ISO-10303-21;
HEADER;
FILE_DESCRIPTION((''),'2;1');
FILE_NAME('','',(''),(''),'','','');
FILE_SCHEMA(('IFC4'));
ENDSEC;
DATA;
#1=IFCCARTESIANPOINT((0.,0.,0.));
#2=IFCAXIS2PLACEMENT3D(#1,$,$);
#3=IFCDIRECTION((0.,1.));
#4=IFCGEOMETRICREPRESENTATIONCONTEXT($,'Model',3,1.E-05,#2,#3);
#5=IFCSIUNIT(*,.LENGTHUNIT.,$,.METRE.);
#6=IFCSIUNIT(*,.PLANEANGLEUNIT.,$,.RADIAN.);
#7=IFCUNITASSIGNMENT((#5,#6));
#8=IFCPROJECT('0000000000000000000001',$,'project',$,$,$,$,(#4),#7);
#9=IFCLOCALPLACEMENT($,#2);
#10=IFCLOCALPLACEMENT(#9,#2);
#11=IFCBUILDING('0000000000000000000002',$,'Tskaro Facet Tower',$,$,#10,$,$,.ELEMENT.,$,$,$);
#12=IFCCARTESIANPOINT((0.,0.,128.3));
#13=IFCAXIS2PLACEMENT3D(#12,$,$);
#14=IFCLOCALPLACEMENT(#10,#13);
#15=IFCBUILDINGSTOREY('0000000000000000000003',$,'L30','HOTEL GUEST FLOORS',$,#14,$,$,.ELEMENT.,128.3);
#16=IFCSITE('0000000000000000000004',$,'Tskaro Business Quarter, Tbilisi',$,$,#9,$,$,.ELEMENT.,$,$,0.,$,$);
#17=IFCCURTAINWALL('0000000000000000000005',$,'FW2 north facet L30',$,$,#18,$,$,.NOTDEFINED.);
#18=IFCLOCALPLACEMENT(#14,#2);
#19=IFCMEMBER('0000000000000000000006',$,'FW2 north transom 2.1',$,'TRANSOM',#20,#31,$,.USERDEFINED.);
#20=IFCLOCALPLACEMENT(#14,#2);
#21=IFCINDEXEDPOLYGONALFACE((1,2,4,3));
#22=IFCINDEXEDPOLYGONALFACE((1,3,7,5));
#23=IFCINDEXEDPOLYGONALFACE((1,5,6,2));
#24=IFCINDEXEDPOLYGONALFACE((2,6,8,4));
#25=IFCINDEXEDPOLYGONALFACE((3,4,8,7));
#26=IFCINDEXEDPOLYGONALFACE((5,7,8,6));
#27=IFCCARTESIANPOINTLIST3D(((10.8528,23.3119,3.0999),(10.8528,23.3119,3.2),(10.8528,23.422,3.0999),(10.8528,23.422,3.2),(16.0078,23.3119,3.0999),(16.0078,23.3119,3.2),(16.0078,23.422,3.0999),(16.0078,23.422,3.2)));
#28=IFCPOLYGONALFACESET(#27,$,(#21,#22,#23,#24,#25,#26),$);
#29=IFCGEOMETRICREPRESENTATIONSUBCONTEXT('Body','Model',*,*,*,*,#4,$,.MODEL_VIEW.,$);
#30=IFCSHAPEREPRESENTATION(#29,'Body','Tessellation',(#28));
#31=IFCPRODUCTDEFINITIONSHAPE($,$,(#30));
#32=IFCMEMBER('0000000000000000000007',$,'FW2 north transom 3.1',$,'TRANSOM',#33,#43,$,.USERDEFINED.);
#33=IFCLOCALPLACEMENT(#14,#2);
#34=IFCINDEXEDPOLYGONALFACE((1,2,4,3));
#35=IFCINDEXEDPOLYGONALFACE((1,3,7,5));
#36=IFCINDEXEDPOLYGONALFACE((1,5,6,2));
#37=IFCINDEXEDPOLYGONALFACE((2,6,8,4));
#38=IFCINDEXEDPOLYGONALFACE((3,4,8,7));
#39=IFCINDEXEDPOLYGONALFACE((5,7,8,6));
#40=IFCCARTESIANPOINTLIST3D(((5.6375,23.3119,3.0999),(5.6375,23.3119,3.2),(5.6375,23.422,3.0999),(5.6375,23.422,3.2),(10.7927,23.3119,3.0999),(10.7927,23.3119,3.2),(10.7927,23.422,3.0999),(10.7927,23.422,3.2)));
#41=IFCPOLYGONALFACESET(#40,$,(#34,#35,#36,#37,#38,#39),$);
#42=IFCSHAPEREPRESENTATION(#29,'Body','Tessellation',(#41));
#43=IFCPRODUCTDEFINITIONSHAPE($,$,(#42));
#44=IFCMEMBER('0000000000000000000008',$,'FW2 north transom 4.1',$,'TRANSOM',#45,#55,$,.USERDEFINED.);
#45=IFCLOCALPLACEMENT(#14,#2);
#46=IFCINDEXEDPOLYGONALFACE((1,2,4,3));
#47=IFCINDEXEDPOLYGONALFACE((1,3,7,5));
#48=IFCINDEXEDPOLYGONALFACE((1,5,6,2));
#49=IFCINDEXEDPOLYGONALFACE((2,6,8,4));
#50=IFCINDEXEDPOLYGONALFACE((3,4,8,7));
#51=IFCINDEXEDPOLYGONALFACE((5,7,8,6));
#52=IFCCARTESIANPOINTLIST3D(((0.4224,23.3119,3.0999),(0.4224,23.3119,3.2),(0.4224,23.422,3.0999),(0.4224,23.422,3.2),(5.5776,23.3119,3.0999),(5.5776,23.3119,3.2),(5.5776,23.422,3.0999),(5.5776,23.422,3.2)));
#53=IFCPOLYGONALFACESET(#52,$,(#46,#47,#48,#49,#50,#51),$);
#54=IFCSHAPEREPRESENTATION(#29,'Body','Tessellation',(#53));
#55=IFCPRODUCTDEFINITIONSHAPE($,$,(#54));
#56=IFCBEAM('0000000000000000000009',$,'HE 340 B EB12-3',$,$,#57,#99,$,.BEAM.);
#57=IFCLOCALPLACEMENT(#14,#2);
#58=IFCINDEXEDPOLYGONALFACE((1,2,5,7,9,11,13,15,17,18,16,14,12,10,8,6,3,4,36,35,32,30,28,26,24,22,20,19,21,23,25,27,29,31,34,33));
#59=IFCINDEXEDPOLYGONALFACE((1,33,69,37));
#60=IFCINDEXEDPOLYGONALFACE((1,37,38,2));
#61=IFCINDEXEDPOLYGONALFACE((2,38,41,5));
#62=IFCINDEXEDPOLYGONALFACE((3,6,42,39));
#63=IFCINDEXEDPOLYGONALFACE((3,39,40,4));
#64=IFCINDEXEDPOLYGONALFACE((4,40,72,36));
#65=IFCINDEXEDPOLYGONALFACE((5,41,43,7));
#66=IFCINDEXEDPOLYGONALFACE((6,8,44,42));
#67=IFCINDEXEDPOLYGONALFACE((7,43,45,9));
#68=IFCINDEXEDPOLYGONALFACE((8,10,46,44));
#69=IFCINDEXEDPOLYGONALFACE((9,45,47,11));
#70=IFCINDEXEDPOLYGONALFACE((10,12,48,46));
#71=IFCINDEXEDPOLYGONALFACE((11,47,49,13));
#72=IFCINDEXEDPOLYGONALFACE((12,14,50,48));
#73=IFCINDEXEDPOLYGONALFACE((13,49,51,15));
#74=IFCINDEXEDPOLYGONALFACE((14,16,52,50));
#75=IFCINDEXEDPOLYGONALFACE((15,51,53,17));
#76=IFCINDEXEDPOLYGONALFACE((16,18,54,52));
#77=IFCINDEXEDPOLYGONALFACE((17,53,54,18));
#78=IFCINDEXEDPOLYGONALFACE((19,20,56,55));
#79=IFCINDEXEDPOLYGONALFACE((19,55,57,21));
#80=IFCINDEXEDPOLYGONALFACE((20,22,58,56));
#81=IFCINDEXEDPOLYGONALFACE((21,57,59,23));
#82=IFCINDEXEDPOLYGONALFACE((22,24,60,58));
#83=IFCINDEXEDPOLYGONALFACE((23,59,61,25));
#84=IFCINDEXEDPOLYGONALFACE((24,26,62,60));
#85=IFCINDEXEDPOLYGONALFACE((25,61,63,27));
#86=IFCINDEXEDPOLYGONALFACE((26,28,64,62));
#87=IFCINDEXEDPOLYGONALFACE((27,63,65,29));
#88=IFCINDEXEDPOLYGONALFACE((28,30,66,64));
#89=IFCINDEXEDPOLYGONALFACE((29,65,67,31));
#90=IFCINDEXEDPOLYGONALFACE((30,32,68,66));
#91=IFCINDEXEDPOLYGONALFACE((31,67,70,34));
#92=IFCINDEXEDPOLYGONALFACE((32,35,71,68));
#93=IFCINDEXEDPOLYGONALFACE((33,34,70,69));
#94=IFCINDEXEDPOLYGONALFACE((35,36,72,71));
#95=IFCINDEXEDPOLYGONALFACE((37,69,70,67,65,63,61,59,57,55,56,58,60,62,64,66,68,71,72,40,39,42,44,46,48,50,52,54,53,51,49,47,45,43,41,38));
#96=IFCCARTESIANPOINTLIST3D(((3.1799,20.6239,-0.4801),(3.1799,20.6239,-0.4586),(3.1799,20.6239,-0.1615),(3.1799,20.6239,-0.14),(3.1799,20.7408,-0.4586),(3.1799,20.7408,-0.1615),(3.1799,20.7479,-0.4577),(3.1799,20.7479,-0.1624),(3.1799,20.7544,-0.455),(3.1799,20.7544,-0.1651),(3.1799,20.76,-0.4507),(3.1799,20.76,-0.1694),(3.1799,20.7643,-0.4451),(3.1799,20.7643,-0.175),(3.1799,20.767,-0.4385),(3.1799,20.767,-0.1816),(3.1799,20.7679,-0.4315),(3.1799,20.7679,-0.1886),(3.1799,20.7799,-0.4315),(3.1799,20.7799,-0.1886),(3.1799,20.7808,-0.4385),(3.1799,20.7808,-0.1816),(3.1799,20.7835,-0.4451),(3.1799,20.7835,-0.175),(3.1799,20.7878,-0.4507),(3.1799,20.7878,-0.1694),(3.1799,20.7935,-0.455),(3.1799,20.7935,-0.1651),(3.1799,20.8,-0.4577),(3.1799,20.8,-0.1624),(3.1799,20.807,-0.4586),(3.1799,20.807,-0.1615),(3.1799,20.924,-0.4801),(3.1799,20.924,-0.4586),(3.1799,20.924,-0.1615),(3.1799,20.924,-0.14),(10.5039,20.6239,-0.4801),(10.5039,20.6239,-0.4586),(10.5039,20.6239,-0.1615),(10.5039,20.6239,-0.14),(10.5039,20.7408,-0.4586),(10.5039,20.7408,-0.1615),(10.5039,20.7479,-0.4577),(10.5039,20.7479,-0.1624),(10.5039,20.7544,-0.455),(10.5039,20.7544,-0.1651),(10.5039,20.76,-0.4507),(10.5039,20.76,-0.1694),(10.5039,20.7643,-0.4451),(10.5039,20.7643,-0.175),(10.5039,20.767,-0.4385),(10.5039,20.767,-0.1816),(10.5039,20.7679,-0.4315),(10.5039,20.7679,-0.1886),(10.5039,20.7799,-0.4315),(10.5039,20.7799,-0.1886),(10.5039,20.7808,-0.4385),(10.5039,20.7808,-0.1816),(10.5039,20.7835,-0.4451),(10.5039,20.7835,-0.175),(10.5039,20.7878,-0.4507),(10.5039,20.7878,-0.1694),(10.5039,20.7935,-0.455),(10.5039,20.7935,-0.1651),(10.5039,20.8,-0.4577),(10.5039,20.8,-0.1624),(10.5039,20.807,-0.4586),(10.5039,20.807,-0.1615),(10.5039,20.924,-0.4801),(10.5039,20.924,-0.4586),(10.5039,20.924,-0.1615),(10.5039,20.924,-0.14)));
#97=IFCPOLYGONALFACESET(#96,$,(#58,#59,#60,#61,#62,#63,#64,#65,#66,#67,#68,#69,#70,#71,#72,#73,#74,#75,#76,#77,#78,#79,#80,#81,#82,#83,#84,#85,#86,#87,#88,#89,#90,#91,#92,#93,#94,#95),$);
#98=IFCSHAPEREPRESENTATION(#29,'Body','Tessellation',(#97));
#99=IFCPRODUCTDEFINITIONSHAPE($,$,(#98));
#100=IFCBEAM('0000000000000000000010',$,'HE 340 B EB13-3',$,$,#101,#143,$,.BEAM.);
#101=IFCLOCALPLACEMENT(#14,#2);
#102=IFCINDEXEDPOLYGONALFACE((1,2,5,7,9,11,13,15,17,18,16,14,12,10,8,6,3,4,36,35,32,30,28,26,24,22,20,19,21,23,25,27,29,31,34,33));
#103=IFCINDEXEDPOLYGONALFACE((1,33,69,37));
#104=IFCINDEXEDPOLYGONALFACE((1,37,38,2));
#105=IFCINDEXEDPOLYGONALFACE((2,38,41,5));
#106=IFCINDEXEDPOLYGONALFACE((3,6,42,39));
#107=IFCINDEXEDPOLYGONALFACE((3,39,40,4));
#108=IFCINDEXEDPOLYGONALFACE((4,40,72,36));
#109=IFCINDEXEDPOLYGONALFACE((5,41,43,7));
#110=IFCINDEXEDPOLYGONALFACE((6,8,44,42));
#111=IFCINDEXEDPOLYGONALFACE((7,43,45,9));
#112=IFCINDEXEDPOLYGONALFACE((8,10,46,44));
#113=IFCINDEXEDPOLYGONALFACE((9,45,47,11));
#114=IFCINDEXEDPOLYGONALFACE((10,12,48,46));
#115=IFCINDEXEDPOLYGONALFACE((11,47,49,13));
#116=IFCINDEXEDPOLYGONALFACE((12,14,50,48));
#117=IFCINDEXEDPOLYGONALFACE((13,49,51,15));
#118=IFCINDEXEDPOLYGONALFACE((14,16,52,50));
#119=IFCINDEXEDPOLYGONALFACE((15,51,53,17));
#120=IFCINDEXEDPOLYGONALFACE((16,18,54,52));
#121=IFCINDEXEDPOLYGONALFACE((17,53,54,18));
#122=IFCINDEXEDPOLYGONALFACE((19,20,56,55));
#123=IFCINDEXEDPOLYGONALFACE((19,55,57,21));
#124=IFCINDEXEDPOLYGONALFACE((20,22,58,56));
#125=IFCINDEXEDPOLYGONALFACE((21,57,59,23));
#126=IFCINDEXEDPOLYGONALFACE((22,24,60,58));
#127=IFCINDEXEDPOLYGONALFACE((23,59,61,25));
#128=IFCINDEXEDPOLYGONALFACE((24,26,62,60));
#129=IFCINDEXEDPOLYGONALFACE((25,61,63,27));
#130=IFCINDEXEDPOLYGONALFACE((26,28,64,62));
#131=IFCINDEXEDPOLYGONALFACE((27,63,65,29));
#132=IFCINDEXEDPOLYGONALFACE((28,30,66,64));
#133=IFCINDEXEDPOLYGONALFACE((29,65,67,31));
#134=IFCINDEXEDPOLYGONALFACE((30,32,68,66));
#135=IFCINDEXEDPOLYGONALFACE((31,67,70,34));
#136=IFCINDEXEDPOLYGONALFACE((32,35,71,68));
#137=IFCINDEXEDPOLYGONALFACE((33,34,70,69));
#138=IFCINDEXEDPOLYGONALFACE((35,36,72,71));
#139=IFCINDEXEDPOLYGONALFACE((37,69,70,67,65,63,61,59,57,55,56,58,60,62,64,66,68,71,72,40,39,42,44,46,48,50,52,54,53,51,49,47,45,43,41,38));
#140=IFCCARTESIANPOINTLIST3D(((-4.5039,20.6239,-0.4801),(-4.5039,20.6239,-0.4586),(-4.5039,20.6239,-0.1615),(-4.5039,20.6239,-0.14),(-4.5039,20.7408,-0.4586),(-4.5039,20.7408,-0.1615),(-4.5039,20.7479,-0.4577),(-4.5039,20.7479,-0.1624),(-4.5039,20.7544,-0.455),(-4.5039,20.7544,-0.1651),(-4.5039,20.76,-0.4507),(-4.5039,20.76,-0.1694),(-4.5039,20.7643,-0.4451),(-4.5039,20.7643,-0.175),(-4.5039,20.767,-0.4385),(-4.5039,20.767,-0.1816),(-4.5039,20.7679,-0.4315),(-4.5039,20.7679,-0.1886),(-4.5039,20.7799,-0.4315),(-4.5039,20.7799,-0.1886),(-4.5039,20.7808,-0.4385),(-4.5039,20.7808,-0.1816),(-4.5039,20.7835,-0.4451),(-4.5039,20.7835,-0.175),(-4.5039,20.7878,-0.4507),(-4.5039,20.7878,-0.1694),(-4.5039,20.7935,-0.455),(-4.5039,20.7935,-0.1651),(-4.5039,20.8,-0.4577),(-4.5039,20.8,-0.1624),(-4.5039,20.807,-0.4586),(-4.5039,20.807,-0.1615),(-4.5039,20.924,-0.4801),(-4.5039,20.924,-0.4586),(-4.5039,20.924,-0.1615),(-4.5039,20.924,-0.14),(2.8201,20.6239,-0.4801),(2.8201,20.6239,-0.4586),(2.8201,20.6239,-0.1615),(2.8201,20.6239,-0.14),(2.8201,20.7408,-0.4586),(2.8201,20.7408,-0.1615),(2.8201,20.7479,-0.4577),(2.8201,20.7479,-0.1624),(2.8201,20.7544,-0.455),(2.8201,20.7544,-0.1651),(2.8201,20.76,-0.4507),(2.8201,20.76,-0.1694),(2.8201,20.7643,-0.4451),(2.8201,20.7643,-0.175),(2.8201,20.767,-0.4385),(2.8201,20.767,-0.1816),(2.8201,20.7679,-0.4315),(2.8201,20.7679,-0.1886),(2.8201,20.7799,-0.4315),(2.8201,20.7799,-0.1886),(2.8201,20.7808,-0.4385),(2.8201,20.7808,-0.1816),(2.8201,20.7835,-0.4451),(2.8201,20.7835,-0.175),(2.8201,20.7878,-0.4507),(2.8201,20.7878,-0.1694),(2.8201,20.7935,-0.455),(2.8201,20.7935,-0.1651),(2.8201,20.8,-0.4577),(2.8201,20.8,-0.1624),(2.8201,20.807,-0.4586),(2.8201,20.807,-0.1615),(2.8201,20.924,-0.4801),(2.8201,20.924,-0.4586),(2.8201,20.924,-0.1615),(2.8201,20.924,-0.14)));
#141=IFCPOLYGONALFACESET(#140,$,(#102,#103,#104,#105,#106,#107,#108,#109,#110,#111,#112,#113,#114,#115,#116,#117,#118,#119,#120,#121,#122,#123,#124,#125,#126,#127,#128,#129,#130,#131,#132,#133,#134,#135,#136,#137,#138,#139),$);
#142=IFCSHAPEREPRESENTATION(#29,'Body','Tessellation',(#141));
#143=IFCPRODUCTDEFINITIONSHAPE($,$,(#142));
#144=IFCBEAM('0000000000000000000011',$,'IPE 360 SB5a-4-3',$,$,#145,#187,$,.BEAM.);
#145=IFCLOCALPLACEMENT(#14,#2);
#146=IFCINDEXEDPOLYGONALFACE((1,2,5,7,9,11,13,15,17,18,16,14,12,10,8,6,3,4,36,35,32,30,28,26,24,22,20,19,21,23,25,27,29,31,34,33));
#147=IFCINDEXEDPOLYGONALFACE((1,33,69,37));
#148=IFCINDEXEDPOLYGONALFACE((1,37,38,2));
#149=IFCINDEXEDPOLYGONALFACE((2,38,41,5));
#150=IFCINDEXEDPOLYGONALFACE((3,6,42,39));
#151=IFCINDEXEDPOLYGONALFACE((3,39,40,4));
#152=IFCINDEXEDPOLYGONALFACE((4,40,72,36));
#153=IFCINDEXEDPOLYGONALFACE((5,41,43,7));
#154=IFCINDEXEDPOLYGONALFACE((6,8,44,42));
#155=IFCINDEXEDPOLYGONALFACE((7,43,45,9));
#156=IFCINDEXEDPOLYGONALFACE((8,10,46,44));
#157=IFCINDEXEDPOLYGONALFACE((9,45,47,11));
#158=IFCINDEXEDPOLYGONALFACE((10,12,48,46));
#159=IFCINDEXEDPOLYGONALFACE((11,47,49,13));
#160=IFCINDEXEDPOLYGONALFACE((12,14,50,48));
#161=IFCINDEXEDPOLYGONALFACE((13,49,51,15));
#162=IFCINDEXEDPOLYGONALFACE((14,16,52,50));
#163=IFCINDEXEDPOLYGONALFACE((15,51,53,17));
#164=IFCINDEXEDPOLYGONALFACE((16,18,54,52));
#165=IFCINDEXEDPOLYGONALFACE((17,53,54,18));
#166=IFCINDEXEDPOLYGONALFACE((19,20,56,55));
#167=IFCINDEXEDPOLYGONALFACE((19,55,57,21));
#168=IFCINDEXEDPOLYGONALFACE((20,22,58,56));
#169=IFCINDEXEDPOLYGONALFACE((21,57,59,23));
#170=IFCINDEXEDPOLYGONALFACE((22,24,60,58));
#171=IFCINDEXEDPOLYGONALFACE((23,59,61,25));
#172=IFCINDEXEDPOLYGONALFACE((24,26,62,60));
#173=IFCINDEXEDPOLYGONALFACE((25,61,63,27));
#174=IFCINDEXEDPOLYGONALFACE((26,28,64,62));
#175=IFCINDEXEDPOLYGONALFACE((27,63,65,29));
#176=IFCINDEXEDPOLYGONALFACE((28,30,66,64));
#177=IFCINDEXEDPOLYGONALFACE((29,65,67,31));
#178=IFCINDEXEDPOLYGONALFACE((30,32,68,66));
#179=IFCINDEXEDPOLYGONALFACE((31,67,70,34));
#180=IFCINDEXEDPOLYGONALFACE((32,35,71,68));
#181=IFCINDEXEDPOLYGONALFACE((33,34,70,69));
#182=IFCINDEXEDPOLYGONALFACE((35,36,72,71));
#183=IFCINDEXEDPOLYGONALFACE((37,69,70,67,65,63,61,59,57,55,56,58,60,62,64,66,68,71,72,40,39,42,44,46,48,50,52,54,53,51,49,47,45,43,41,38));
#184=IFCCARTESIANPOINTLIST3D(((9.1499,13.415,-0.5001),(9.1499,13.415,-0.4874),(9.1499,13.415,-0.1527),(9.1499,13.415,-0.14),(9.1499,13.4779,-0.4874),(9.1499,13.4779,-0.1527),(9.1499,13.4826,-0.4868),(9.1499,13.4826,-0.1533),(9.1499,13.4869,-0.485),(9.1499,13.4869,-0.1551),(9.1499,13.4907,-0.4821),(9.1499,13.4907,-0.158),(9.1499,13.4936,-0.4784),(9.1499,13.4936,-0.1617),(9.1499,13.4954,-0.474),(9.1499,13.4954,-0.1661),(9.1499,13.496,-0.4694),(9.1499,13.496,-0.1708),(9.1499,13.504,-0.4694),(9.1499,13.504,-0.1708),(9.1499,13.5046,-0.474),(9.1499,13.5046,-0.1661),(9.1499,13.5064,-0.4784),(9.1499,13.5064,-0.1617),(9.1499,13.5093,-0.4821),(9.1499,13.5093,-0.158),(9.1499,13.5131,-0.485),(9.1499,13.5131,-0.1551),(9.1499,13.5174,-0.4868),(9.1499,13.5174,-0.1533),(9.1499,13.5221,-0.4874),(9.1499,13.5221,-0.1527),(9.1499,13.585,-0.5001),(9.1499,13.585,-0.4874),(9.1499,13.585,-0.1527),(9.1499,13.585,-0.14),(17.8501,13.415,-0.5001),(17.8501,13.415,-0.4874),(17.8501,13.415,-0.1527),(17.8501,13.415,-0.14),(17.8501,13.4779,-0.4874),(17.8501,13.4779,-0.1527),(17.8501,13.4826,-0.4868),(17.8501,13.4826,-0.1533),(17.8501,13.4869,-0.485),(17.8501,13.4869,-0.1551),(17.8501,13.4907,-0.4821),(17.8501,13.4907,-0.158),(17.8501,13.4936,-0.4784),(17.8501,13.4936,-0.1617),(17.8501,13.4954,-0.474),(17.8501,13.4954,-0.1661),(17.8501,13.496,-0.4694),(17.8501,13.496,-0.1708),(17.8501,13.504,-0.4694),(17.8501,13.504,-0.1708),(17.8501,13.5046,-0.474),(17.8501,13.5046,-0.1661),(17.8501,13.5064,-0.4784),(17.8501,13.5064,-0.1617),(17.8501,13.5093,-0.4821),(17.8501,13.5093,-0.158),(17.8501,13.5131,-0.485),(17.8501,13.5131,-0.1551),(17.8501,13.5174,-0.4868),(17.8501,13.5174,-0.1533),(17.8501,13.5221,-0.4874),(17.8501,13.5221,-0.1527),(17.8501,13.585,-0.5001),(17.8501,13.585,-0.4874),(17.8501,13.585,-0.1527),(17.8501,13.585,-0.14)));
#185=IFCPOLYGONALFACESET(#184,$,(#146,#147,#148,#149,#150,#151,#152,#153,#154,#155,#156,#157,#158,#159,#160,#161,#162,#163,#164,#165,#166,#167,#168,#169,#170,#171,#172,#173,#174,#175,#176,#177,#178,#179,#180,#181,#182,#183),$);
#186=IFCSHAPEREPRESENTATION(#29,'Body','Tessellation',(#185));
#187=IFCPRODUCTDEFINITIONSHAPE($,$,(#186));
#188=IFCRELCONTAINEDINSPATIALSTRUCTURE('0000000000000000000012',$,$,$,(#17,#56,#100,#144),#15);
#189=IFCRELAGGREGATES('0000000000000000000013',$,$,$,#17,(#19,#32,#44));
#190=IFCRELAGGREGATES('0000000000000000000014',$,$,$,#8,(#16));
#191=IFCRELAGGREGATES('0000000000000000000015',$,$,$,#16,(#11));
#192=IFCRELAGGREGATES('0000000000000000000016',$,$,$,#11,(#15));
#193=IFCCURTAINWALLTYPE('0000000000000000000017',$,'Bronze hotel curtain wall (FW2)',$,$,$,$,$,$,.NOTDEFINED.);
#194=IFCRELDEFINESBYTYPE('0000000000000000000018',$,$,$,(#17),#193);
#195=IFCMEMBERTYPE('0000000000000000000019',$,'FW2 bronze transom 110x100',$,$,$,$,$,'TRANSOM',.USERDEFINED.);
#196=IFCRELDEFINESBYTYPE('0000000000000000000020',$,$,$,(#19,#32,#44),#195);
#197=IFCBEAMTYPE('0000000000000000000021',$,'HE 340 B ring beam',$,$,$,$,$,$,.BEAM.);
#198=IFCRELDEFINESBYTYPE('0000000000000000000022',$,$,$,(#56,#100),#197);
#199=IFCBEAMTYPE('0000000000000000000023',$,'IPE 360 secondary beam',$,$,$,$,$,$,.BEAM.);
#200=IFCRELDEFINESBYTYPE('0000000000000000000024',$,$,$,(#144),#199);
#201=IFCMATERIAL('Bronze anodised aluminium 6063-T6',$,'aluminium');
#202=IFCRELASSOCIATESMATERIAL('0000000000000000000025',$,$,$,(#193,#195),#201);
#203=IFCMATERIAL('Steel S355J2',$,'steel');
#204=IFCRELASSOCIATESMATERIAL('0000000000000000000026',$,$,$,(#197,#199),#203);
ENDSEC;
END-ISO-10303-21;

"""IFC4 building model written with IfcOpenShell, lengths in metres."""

from ifc_helpers import new_model, si_unit, direction, frame, origin, origin_2d, place, context, subcontext, project, spatial, rectangle, i_section, extrude, material, material_profile, profile_set, type_object, element, aggregate, save


model = new_model("IFC4")

# Units and contexts
model_context = context("Model", 3, precision=1e-05, world=origin(), true_north=direction((0.0, 1.0)))
body_context = subcontext(model_context, "Body", "Model", "MODEL_VIEW")
ifc_project = project(units=[si_unit("LENGTHUNIT", "METRE"), si_unit("PLANEANGLEUNIT", "RADIAN")], contexts=[model_context])

# Site, building, storey
site_placement = place(None, origin())
site = spatial("IfcSite", under=ifc_project, at=site_placement, Name="Tskaro Business Quarter, Tbilisi", CompositionType="ELEMENT", RefElevation=0.0)
building_placement = place(site_placement, origin())
building = spatial("IfcBuilding", under=site, at=building_placement, Name="Tskaro Facet Tower", CompositionType="ELEMENT")
storey_placement = place(building_placement, frame((0.0, 0.0, 128.3)))
storey = spatial("IfcBuildingStorey", under=building, at=storey_placement, Name="L30", Description="HOTEL GUEST FLOORS", CompositionType="ELEMENT", Elevation=128.3)

# Curtain wall, members
ifc_material_1 = material(Name="Bronze anodised aluminium 6063-T6", Category="aluminium")
curtain_wall_type = type_object("IfcCurtainWallType", Name="Bronze hotel curtain wall (FW2)", PredefinedType="NOTDEFINED", material=ifc_material_1)
curtain_wall_placement = place(storey_placement, origin())
curtain_wall = element("IfcCurtainWall", 1, at=curtain_wall_placement, inside=storey, type_object=curtain_wall_type, Name="FW2 north facet L30", PredefinedType="NOTDEFINED")
ifc_material_profile_1 = material_profile(ifc_material_1, rectangle(XDim=0.1101, YDim=0.1001, at=origin_2d()), Name="Transom 110x100")
ifc_profile_set_1 = profile_set([ifc_material_profile_1], Name="Bronze anodised aluminium 6063-T6")
member_type_1 = type_object("IfcMemberType", Name="FW2 bronze transom 110x100", ElementType="TRANSOM", PredefinedType="USERDEFINED", material=ifc_profile_set_1)
member_1_placement = place(storey_placement, frame((16.0078, 23.3669, 3.1499), z_axis=(-1.0, 0.0, 0.0), x_axis=(0.0, -1.0, 0.0)))
member_1 = element("IfcMember", 2, at=member_1_placement, type_object=member_type_1, Name="FW2 north transom 2.1", ObjectType="TRANSOM", PredefinedType="USERDEFINED", context=body_context, shape_type="SweptSolid", body=[
    extrude(rectangle(XDim=0.1101, YDim=0.1001, at=origin_2d()), origin(), (0.0, 0.0, 1.0), 5.155),
])
member_2_placement = place(storey_placement, frame((10.7927, 23.3669, 3.1499), z_axis=(-1.0, 0.0, 0.0), x_axis=(0.0, -1.0, 0.0)))
member_2 = element("IfcMember", 3, at=member_2_placement, type_object=member_type_1, Name="FW2 north transom 3.1", ObjectType="TRANSOM", PredefinedType="USERDEFINED", context=body_context, shape_type="SweptSolid", body=[
    extrude(rectangle(XDim=0.1101, YDim=0.1001, at=origin_2d()), origin(), (0.0, 0.0, 1.0), 5.1553),
])
member_3_placement = place(storey_placement, frame((5.5776, 23.3669, 3.1499), z_axis=(-1.0, 0.0, 0.0), x_axis=(0.0, -1.0, 0.0)))
member_3 = element("IfcMember", 4, at=member_3_placement, type_object=member_type_1, Name="FW2 north transom 4.1", ObjectType="TRANSOM", PredefinedType="USERDEFINED", context=body_context, shape_type="SweptSolid", body=[
    extrude(rectangle(XDim=0.1101, YDim=0.1001, at=origin_2d()), origin(), (0.0, 0.0, 1.0), 5.1553),
])

# Beams
ifc_material_2 = material(Name="Steel S355J2", Category="steel")
ifc_material_profile_2 = material_profile(ifc_material_2, i_section(OverallWidth=0.3, OverallDepth=0.3401, WebThickness=0.012, FlangeThickness=0.0215, FilletRadius=0.0271, at=origin_2d()), Name="HE 340 B")
ifc_profile_set_2 = profile_set([ifc_material_profile_2], Name="Steel S355J2")
beam_type_1 = type_object("IfcBeamType", Name="HE 340 B ring beam", PredefinedType="BEAM", material=ifc_profile_set_2)
for number, where, z_axis, x_axis, name in (
    (5, (10.5039, 20.7739, -0.3101), (-1.0, 0.0, 0.0), (0.0, -1.0, 0.0), "HE 340 B EB12-3"),
    (6, (2.8201, 20.7739, -0.3101), (-1.0, 0.0, 0.0), (0.0, -1.0, 0.0), "HE 340 B EB13-3"),
):
    element("IfcBeam", number, at=place(storey_placement, frame(where, z_axis=z_axis, x_axis=x_axis)), inside=storey, type_object=beam_type_1, Name=name, PredefinedType="BEAM", context=body_context, shape_type="SweptSolid", body=[
        extrude(i_section(OverallWidth=0.3, OverallDepth=0.3401, WebThickness=0.012, FlangeThickness=0.0215, FilletRadius=0.0271, at=origin_2d()), origin(), (0.0, 0.0, 1.0), 7.324),
    ])
ifc_material_profile_3 = material_profile(ifc_material_2, i_section(OverallWidth=0.1699, OverallDepth=0.3601, WebThickness=0.0081, FlangeThickness=0.0127, FilletRadius=0.0181, at=origin_2d()), Name="IPE 360")
ifc_profile_set_3 = profile_set([ifc_material_profile_3], Name="Steel S355J2")
beam_type_2 = type_object("IfcBeamType", Name="IPE 360 secondary beam", PredefinedType="BEAM", material=ifc_profile_set_3)
beam_placement = place(storey_placement, frame((9.1499, 13.5, -0.3201), z_axis=(1.0, 0.0, 0.0), x_axis=(0.0, 1.0, 0.0)))
element("IfcBeam", 7, at=beam_placement, inside=storey, type_object=beam_type_2, Name="IPE 360 SB5a-4-3", PredefinedType="BEAM", context=body_context, shape_type="SweptSolid", body=[
    extrude(i_section(OverallWidth=0.1699, OverallDepth=0.3601, WebThickness=0.0081, FlangeThickness=0.0127, FilletRadius=0.0181, at=origin_2d()), origin(), (0.0, 0.0, 1.0), 8.7002),
])

aggregate(curtain_wall, [member_1, member_2, member_3])

save(model, "model.ifc")
